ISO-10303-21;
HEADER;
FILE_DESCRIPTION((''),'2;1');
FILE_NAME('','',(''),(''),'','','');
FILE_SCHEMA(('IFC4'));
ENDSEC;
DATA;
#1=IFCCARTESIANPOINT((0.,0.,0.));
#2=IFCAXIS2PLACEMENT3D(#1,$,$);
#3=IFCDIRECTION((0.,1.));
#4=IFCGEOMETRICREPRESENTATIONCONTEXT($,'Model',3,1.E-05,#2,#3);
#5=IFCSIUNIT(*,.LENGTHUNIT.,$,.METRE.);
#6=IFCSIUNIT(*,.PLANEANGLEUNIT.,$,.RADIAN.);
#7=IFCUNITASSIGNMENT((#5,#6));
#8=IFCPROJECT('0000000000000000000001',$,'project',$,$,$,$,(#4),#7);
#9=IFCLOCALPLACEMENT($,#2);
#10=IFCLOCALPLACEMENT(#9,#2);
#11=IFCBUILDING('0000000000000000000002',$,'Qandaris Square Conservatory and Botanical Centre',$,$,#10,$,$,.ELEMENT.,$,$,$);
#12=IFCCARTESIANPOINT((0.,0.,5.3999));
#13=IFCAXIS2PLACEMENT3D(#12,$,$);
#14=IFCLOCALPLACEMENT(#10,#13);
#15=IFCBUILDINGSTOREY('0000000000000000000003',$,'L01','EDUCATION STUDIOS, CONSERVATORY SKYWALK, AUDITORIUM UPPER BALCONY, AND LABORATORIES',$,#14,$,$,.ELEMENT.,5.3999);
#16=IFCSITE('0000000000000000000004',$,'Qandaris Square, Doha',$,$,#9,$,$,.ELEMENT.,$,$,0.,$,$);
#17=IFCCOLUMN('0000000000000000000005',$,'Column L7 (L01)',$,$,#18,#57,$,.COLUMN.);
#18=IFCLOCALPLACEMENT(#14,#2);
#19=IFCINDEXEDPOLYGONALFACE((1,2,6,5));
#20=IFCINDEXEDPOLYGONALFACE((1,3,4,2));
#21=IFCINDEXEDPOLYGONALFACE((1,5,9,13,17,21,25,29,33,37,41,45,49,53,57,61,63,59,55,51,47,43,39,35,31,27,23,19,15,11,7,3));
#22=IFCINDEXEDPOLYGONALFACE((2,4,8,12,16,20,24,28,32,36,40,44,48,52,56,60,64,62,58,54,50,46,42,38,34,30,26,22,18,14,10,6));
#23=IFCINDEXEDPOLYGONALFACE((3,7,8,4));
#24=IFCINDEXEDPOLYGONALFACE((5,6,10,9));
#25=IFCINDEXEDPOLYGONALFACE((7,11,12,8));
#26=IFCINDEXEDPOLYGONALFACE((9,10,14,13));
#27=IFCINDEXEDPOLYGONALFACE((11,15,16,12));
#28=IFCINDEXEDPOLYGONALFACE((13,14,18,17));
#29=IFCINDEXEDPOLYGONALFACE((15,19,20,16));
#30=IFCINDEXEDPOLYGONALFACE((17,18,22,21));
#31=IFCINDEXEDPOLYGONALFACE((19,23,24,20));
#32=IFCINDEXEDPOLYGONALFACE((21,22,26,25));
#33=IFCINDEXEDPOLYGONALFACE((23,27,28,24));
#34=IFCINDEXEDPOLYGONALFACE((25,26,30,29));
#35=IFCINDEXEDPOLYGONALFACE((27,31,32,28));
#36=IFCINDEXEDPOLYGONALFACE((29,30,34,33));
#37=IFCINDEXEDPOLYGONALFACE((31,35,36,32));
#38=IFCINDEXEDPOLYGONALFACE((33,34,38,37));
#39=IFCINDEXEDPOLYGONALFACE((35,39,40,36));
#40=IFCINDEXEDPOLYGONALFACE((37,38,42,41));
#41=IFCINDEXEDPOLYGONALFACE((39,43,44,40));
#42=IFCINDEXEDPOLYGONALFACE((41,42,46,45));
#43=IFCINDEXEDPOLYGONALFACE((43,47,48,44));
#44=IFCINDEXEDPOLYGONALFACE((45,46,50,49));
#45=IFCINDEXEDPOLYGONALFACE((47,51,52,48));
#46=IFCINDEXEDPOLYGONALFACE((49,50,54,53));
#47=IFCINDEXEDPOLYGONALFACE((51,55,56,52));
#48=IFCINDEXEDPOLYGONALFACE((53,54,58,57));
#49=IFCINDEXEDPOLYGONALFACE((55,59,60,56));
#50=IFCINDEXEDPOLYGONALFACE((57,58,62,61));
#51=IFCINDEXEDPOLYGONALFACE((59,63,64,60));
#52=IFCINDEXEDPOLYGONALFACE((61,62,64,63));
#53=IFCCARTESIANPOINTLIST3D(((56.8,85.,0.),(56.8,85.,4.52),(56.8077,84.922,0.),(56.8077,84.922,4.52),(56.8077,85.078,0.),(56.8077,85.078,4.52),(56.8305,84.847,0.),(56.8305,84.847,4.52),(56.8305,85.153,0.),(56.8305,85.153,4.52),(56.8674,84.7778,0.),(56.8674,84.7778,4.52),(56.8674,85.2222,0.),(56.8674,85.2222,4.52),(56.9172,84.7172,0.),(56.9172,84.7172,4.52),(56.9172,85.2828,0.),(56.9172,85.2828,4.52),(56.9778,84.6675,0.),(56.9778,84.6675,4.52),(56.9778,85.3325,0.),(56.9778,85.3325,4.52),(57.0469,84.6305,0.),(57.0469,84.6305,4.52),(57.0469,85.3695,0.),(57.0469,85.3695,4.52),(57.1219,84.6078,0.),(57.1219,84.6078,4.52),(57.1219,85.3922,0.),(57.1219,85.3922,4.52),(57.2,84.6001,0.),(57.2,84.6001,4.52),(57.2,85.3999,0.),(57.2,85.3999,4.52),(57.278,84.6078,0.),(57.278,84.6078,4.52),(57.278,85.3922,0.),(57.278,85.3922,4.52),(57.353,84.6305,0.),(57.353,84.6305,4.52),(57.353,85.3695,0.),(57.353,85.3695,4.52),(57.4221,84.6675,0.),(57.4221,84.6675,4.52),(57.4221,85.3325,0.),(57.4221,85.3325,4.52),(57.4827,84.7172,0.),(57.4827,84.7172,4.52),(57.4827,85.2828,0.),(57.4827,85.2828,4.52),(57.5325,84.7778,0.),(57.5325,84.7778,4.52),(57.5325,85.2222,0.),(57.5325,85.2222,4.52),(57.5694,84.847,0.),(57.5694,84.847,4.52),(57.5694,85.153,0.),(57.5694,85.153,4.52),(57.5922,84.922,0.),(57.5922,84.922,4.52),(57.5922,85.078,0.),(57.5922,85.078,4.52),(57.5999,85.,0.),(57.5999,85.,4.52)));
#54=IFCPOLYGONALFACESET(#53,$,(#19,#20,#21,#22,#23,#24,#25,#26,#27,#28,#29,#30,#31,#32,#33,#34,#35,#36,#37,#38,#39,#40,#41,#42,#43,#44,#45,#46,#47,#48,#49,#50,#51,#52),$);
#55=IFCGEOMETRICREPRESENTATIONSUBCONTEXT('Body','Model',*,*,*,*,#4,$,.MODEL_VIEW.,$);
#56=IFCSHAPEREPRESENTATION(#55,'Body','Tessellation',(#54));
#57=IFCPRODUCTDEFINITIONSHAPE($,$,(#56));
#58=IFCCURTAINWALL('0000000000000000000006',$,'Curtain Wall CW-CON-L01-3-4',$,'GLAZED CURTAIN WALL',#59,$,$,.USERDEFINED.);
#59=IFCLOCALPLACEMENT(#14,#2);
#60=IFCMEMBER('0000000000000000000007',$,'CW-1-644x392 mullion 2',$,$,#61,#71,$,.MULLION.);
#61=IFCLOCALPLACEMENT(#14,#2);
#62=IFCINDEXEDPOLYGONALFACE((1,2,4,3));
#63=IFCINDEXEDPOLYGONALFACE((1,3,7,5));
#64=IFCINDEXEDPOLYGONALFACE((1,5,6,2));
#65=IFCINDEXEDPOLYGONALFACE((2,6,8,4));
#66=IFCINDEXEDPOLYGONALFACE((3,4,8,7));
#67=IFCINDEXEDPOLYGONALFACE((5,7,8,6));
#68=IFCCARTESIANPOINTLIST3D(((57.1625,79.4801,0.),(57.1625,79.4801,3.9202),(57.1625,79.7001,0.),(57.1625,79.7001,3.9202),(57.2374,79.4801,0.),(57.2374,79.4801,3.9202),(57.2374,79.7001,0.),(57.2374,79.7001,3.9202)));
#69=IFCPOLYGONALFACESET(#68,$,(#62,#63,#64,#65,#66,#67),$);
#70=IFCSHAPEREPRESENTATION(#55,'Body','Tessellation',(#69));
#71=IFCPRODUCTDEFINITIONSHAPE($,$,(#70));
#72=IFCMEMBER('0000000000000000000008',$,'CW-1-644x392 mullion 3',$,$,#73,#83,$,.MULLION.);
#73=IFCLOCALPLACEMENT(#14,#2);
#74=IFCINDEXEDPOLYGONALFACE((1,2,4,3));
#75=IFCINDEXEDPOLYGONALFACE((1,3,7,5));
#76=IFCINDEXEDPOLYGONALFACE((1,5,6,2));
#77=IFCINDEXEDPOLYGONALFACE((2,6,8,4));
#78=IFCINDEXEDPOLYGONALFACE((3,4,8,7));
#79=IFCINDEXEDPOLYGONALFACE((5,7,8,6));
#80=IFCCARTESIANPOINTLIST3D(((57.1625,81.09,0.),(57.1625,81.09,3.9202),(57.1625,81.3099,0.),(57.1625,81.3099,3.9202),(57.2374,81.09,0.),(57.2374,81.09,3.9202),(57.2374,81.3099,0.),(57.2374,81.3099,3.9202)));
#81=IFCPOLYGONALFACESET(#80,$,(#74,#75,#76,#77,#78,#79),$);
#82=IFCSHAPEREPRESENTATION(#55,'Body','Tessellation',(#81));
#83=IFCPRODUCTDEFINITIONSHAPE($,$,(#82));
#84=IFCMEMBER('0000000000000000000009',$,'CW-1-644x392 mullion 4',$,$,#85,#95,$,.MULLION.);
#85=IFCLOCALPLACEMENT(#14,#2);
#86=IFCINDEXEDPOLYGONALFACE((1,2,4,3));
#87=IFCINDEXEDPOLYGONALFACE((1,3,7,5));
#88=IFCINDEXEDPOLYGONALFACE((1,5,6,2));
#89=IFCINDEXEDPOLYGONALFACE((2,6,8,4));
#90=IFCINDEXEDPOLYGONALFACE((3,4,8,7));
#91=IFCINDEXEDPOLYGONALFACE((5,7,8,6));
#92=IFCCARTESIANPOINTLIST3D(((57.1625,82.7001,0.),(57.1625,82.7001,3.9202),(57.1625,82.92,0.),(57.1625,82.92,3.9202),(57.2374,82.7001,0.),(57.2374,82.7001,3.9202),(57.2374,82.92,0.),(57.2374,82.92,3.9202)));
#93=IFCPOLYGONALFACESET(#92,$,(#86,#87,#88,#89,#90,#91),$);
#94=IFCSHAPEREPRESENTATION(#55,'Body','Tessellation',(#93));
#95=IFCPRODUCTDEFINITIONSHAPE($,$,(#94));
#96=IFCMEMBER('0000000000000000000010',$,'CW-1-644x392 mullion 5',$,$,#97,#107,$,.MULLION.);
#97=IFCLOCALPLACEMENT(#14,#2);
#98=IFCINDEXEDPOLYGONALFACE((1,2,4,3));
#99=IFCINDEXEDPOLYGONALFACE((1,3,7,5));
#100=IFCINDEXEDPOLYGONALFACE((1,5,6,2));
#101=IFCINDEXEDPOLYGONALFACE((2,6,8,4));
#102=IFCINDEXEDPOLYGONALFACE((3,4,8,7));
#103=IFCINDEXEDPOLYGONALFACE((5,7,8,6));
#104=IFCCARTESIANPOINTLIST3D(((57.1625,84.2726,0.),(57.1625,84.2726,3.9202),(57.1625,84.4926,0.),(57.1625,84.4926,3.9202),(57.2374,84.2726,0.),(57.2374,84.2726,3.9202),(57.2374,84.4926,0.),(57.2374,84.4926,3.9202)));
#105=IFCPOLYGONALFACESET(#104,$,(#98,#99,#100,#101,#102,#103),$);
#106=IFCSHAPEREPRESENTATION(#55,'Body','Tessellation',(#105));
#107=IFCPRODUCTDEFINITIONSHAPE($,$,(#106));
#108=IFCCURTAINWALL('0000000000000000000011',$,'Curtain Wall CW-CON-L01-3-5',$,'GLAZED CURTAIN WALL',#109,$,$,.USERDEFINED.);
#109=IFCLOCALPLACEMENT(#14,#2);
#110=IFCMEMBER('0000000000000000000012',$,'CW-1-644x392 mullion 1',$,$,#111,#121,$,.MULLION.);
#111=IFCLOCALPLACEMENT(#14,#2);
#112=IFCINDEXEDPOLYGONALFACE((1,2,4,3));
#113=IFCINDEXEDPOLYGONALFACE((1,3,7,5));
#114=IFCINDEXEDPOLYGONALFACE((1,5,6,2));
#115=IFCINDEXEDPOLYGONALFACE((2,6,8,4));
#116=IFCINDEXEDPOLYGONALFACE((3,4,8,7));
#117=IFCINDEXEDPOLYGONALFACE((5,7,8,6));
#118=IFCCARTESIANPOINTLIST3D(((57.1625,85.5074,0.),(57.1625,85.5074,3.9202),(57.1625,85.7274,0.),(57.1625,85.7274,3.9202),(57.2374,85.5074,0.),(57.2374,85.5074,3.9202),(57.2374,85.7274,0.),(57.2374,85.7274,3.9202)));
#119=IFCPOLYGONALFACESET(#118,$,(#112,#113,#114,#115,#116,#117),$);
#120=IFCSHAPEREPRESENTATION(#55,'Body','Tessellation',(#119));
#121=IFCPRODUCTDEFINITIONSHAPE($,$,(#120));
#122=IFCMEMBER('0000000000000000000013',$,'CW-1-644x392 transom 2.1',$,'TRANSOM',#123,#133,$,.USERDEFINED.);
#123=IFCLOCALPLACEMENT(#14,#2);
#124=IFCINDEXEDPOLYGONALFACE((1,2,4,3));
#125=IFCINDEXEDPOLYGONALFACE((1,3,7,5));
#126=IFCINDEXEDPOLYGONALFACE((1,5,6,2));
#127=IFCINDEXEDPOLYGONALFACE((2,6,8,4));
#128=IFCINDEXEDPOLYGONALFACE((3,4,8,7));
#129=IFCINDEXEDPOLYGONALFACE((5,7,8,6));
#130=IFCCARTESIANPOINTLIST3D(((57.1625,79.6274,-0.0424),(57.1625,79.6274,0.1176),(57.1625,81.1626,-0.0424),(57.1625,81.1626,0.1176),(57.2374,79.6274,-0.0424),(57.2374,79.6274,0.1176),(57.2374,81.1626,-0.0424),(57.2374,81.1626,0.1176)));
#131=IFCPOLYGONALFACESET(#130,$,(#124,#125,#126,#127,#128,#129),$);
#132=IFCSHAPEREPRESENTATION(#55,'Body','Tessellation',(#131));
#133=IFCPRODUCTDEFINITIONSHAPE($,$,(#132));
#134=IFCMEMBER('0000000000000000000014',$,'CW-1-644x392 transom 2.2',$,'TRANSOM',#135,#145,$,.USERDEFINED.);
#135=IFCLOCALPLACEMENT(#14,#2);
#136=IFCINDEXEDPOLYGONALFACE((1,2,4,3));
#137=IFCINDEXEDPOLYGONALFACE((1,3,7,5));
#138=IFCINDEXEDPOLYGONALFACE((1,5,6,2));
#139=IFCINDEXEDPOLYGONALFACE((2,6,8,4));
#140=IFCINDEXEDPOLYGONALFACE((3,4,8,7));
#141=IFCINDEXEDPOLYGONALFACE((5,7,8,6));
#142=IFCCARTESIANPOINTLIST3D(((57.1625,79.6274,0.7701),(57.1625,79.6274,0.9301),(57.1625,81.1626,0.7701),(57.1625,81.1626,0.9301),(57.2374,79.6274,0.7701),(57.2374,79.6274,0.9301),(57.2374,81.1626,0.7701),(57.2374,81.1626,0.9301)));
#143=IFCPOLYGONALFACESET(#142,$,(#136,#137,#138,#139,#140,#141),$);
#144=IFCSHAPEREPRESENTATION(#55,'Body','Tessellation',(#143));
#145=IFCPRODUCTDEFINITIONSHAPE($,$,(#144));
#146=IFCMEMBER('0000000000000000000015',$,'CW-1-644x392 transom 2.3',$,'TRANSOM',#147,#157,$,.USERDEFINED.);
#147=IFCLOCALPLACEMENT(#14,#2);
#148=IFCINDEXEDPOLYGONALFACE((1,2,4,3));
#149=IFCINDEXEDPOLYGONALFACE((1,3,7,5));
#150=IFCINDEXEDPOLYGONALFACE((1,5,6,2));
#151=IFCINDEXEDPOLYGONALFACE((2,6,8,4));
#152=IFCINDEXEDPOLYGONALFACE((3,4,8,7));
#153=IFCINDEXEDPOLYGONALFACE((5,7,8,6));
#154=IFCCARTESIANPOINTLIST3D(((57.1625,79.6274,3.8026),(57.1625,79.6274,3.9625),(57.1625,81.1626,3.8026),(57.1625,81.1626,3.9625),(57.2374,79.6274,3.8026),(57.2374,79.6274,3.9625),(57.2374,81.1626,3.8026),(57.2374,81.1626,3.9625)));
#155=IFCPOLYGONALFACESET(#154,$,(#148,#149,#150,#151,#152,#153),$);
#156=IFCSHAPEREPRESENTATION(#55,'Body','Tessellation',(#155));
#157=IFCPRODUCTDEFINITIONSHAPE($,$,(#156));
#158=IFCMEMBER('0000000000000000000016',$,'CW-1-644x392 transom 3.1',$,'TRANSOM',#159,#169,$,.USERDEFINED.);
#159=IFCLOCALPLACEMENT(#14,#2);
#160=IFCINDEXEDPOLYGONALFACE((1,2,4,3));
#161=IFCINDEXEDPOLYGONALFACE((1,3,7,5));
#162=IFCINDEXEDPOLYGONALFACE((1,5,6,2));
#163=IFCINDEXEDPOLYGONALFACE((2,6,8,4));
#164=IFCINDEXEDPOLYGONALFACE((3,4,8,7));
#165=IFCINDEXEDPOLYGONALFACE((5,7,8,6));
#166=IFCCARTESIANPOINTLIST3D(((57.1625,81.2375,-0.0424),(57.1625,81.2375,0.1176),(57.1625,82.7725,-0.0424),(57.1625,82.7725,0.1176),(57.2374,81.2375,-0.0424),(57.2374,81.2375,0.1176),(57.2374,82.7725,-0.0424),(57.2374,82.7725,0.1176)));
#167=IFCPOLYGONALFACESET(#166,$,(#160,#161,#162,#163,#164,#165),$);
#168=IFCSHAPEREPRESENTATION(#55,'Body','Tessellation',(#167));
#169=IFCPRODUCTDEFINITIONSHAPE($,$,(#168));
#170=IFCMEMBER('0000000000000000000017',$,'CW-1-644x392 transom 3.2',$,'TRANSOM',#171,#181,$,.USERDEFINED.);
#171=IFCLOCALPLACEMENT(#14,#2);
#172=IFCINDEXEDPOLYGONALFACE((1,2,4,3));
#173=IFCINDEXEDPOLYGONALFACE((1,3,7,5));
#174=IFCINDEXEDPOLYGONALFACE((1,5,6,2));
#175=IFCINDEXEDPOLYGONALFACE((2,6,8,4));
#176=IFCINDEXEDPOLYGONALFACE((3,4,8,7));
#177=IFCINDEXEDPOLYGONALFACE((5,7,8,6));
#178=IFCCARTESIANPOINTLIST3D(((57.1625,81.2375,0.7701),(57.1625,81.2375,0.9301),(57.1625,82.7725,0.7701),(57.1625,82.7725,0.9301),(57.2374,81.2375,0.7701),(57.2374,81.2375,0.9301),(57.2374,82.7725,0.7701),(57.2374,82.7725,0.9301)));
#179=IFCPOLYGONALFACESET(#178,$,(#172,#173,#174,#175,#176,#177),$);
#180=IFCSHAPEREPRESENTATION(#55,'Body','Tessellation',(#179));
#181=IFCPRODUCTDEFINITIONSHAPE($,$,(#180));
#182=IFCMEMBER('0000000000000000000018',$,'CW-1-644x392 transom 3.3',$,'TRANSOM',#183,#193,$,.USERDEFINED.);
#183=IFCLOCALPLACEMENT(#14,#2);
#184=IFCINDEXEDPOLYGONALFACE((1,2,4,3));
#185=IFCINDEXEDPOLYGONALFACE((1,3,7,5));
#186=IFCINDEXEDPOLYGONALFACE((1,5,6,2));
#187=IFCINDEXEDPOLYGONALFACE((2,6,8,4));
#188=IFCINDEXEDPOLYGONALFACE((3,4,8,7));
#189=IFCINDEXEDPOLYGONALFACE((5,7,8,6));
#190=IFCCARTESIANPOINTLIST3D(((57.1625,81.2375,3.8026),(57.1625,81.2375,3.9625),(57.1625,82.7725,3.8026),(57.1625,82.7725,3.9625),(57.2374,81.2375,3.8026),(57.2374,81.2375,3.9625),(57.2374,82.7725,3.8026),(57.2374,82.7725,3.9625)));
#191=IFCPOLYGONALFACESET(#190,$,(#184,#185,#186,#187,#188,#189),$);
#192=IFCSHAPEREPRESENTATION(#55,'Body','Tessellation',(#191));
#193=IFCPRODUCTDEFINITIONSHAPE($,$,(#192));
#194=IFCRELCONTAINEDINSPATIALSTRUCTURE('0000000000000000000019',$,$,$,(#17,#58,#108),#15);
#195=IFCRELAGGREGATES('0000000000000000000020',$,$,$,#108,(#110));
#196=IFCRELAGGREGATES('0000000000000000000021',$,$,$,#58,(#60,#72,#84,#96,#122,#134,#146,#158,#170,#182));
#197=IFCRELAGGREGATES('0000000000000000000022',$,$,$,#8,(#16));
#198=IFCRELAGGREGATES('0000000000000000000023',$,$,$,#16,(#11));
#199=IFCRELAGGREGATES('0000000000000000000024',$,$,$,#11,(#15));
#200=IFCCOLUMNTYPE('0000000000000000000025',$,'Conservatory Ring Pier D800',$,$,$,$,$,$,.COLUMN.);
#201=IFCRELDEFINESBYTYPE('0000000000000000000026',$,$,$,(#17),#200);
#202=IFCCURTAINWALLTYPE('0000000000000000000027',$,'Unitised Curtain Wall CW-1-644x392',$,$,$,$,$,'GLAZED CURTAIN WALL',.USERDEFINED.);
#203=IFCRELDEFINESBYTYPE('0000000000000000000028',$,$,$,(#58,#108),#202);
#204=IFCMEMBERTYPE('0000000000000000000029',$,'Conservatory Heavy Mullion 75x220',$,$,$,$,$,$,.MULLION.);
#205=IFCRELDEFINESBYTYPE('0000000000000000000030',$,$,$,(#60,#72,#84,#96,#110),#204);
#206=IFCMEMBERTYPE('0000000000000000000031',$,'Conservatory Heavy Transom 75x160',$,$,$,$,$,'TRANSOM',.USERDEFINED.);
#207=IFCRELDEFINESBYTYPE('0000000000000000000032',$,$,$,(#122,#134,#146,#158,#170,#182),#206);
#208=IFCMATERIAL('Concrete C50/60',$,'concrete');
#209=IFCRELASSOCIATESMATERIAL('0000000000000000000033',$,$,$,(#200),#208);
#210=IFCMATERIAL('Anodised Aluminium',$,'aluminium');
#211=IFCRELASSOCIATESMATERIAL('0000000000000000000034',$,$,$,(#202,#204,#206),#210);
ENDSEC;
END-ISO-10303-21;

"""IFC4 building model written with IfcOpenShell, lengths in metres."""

from ifc_helpers import new_model, si_unit, direction, frame, origin, origin_2d, place, context, subcontext, project, spatial, rectangle, circle, extrude, material, material_profile, profile_set, type_object, element, aggregate, save


model = new_model("IFC4")

# Units and contexts
model_context = context("Model", 3, precision=1e-05, world=origin(), true_north=direction((0.0, 1.0)))
body_context = subcontext(model_context, "Body", "Model", "MODEL_VIEW")
ifc_project = project(units=[si_unit("LENGTHUNIT", "METRE"), si_unit("PLANEANGLEUNIT", "RADIAN")], contexts=[model_context])

# Site, building, storey
site_placement = place(None, origin())
site = spatial("IfcSite", under=ifc_project, at=site_placement, Name="Qandaris Square, Doha", CompositionType="ELEMENT", RefElevation=0.0)
building_placement = place(site_placement, origin())
building = spatial("IfcBuilding", under=site, at=building_placement, Name="Qandaris Square Conservatory and Botanical Centre", CompositionType="ELEMENT")
storey_placement = place(building_placement, frame((0.0, 0.0, 5.3999)))
storey = spatial("IfcBuildingStorey", under=building, at=storey_placement, Name="L01", Description="EDUCATION STUDIOS, CONSERVATORY SKYWALK, AUDITORIUM UPPER BALCONY, AND LABORATORIES", CompositionType="ELEMENT", Elevation=5.3999)

# Column
ifc_material_1 = material(Name="Concrete C50/60", Category="concrete")
ifc_material_profile_1 = material_profile(ifc_material_1, circle(Radius=0.3999, at=origin_2d()), Name="RC-COL D800")
ifc_profile_set_1 = profile_set([ifc_material_profile_1], Name="Concrete C50/60")
column_type = type_object("IfcColumnType", Name="Conservatory Ring Pier D800", PredefinedType="COLUMN", material=ifc_profile_set_1)
column_placement = place(storey_placement, frame((57.2, 85.0, 0.0), z_axis=(0.0, 0.0, 1.0), x_axis=(1.0, 0.0, 0.0)))
element("IfcColumn", 1, at=column_placement, inside=storey, type_object=column_type, Name="Column L7 (L01)", PredefinedType="COLUMN", context=body_context, shape_type="SweptSolid", body=[
    extrude(circle(Radius=0.3999, at=origin_2d()), origin(), (0.0, 0.0, 1.0), 4.52),
])

# Curtain wall, members
ifc_material_2 = material(Name="Anodised Aluminium", Category="aluminium")
curtain_wall_type = type_object("IfcCurtainWallType", Name="Unitised Curtain Wall CW-1-644x392", ElementType="GLAZED CURTAIN WALL", PredefinedType="USERDEFINED", material=ifc_material_2)
curtain_wall_1_placement = place(storey_placement, origin())
curtain_wall_1 = element("IfcCurtainWall", 2, at=curtain_wall_1_placement, inside=storey, type_object=curtain_wall_type, Name="Curtain Wall CW-CON-L01-3-4", ObjectType="GLAZED CURTAIN WALL", PredefinedType="USERDEFINED")
ifc_material_profile_2 = material_profile(ifc_material_2, rectangle(XDim=0.075, YDim=0.22, at=origin_2d()), Name="ALU-MUL 75x220")
ifc_profile_set_2 = profile_set([ifc_material_profile_2], Name="Anodised Aluminium")
member_type_1 = type_object("IfcMemberType", Name="Conservatory Heavy Mullion 75x220", PredefinedType="MULLION", material=ifc_profile_set_2)
member_1_placement = place(storey_placement, frame((57.2, 79.5901, 0.0), z_axis=(0.0, 0.0, 1.0), x_axis=(-1.0, 0.0, 0.0)))
member_1 = element("IfcMember", 3, at=member_1_placement, type_object=member_type_1, Name="CW-1-644x392 mullion 2", PredefinedType="MULLION", context=body_context, shape_type="SweptSolid", body=[
    extrude(rectangle(XDim=0.075, YDim=0.22, at=origin_2d()), origin(), (0.0, 0.0, 1.0), 3.9202),
])
member_2_placement = place(storey_placement, frame((57.2, 81.2, 0.0), z_axis=(0.0, 0.0, 1.0), x_axis=(-1.0, 0.0, 0.0)))
member_2 = element("IfcMember", 4, at=member_2_placement, type_object=member_type_1, Name="CW-1-644x392 mullion 3", PredefinedType="MULLION", context=body_context, shape_type="SweptSolid", body=[
    extrude(rectangle(XDim=0.075, YDim=0.22, at=origin_2d()), origin(), (0.0, 0.0, 1.0), 3.9202),
])
member_3_placement = place(storey_placement, frame((57.2, 82.8101, 0.0), z_axis=(0.0, 0.0, 1.0), x_axis=(-1.0, 0.0, 0.0)))
member_3 = element("IfcMember", 5, at=member_3_placement, type_object=member_type_1, Name="CW-1-644x392 mullion 4", PredefinedType="MULLION", context=body_context, shape_type="SweptSolid", body=[
    extrude(rectangle(XDim=0.075, YDim=0.22, at=origin_2d()), origin(), (0.0, 0.0, 1.0), 3.9202),
])
member_4_placement = place(storey_placement, frame((57.2, 84.3826, 0.0), z_axis=(0.0, 0.0, 1.0), x_axis=(-1.0, 0.0, 0.0)))
member_4 = element("IfcMember", 6, at=member_4_placement, type_object=member_type_1, Name="CW-1-644x392 mullion 5", PredefinedType="MULLION", context=body_context, shape_type="SweptSolid", body=[
    extrude(rectangle(XDim=0.075, YDim=0.22, at=origin_2d()), origin(), (0.0, 0.0, 1.0), 3.9202),
])

# Curtain wall, member
curtain_wall_2_placement = place(storey_placement, origin())
curtain_wall_2 = element("IfcCurtainWall", 7, at=curtain_wall_2_placement, inside=storey, type_object=curtain_wall_type, Name="Curtain Wall CW-CON-L01-3-5", ObjectType="GLAZED CURTAIN WALL", PredefinedType="USERDEFINED")
member_5_placement = place(storey_placement, frame((57.2, 85.6174, 0.0), z_axis=(0.0, 0.0, 1.0), x_axis=(-1.0, 0.0, 0.0)))
member_5 = element("IfcMember", 8, at=member_5_placement, type_object=member_type_1, Name="CW-1-644x392 mullion 1", PredefinedType="MULLION", context=body_context, shape_type="SweptSolid", body=[
    extrude(rectangle(XDim=0.075, YDim=0.22, at=origin_2d()), origin(), (0.0, 0.0, 1.0), 3.9202),
])
aggregate(curtain_wall_2, [member_5])

# Members
ifc_material_profile_3 = material_profile(ifc_material_2, rectangle(XDim=0.075, YDim=0.1599, at=origin_2d()), Name="ALU-TRN 75x160")
ifc_profile_set_3 = profile_set([ifc_material_profile_3], Name="Anodised Aluminium")
member_type_2 = type_object("IfcMemberType", Name="Conservatory Heavy Transom 75x160", ElementType="TRANSOM", PredefinedType="USERDEFINED", material=ifc_profile_set_3)
member_6_placement = place(storey_placement, frame((57.2, 79.6274, 0.0376), z_axis=(0.0, 1.0, 0.0), x_axis=(-1.0, 0.0, 0.0)))
member_6 = element("IfcMember", 9, at=member_6_placement, type_object=member_type_2, Name="CW-1-644x392 transom 2.1", ObjectType="TRANSOM", PredefinedType="USERDEFINED", context=body_context, shape_type="SweptSolid", body=[
    extrude(rectangle(XDim=0.075, YDim=0.1599, at=origin_2d()), origin(), (0.0, 0.0, 1.0), 1.5352),
])
member_7_placement = place(storey_placement, frame((57.2, 79.6274, 0.8501), z_axis=(0.0, 1.0, 0.0), x_axis=(-1.0, 0.0, 0.0)))
member_7 = element("IfcMember", 10, at=member_7_placement, type_object=member_type_2, Name="CW-1-644x392 transom 2.2", ObjectType="TRANSOM", PredefinedType="USERDEFINED", context=body_context, shape_type="SweptSolid", body=[
    extrude(rectangle(XDim=0.075, YDim=0.1599, at=origin_2d()), origin(), (0.0, 0.0, 1.0), 1.5352),
])
member_8_placement = place(storey_placement, frame((57.2, 79.6274, 3.8826), z_axis=(0.0, 1.0, 0.0), x_axis=(-1.0, 0.0, 0.0)))
member_8 = element("IfcMember", 11, at=member_8_placement, type_object=member_type_2, Name="CW-1-644x392 transom 2.3", ObjectType="TRANSOM", PredefinedType="USERDEFINED", context=body_context, shape_type="SweptSolid", body=[
    extrude(rectangle(XDim=0.075, YDim=0.1599, at=origin_2d()), origin(), (0.0, 0.0, 1.0), 1.5352),
])
member_9_placement = place(storey_placement, frame((57.2, 81.2375, 0.0376), z_axis=(0.0, 1.0, 0.0), x_axis=(-1.0, 0.0, 0.0)))
member_9 = element("IfcMember", 12, at=member_9_placement, type_object=member_type_2, Name="CW-1-644x392 transom 3.1", ObjectType="TRANSOM", PredefinedType="USERDEFINED", context=body_context, shape_type="SweptSolid", body=[
    extrude(rectangle(XDim=0.075, YDim=0.1599, at=origin_2d()), origin(), (0.0, 0.0, 1.0), 1.5349),
])
member_10_placement = place(storey_placement, frame((57.2, 81.2375, 0.8501), z_axis=(0.0, 1.0, 0.0), x_axis=(-1.0, 0.0, 0.0)))
member_10 = element("IfcMember", 13, at=member_10_placement, type_object=member_type_2, Name="CW-1-644x392 transom 3.2", ObjectType="TRANSOM", PredefinedType="USERDEFINED", context=body_context, shape_type="SweptSolid", body=[
    extrude(rectangle(XDim=0.075, YDim=0.1599, at=origin_2d()), origin(), (0.0, 0.0, 1.0), 1.5349),
])
member_11_placement = place(storey_placement, frame((57.2, 81.2375, 3.8826), z_axis=(0.0, 1.0, 0.0), x_axis=(-1.0, 0.0, 0.0)))
member_11 = element("IfcMember", 14, at=member_11_placement, type_object=member_type_2, Name="CW-1-644x392 transom 3.3", ObjectType="TRANSOM", PredefinedType="USERDEFINED", context=body_context, shape_type="SweptSolid", body=[
    extrude(rectangle(XDim=0.075, YDim=0.1599, at=origin_2d()), origin(), (0.0, 0.0, 1.0), 1.5349),
])

aggregate(curtain_wall_1, [member_1, member_2, member_3, member_4, member_6, member_7, member_8, member_9, member_10, member_11])

save(model, "model.ifc")
